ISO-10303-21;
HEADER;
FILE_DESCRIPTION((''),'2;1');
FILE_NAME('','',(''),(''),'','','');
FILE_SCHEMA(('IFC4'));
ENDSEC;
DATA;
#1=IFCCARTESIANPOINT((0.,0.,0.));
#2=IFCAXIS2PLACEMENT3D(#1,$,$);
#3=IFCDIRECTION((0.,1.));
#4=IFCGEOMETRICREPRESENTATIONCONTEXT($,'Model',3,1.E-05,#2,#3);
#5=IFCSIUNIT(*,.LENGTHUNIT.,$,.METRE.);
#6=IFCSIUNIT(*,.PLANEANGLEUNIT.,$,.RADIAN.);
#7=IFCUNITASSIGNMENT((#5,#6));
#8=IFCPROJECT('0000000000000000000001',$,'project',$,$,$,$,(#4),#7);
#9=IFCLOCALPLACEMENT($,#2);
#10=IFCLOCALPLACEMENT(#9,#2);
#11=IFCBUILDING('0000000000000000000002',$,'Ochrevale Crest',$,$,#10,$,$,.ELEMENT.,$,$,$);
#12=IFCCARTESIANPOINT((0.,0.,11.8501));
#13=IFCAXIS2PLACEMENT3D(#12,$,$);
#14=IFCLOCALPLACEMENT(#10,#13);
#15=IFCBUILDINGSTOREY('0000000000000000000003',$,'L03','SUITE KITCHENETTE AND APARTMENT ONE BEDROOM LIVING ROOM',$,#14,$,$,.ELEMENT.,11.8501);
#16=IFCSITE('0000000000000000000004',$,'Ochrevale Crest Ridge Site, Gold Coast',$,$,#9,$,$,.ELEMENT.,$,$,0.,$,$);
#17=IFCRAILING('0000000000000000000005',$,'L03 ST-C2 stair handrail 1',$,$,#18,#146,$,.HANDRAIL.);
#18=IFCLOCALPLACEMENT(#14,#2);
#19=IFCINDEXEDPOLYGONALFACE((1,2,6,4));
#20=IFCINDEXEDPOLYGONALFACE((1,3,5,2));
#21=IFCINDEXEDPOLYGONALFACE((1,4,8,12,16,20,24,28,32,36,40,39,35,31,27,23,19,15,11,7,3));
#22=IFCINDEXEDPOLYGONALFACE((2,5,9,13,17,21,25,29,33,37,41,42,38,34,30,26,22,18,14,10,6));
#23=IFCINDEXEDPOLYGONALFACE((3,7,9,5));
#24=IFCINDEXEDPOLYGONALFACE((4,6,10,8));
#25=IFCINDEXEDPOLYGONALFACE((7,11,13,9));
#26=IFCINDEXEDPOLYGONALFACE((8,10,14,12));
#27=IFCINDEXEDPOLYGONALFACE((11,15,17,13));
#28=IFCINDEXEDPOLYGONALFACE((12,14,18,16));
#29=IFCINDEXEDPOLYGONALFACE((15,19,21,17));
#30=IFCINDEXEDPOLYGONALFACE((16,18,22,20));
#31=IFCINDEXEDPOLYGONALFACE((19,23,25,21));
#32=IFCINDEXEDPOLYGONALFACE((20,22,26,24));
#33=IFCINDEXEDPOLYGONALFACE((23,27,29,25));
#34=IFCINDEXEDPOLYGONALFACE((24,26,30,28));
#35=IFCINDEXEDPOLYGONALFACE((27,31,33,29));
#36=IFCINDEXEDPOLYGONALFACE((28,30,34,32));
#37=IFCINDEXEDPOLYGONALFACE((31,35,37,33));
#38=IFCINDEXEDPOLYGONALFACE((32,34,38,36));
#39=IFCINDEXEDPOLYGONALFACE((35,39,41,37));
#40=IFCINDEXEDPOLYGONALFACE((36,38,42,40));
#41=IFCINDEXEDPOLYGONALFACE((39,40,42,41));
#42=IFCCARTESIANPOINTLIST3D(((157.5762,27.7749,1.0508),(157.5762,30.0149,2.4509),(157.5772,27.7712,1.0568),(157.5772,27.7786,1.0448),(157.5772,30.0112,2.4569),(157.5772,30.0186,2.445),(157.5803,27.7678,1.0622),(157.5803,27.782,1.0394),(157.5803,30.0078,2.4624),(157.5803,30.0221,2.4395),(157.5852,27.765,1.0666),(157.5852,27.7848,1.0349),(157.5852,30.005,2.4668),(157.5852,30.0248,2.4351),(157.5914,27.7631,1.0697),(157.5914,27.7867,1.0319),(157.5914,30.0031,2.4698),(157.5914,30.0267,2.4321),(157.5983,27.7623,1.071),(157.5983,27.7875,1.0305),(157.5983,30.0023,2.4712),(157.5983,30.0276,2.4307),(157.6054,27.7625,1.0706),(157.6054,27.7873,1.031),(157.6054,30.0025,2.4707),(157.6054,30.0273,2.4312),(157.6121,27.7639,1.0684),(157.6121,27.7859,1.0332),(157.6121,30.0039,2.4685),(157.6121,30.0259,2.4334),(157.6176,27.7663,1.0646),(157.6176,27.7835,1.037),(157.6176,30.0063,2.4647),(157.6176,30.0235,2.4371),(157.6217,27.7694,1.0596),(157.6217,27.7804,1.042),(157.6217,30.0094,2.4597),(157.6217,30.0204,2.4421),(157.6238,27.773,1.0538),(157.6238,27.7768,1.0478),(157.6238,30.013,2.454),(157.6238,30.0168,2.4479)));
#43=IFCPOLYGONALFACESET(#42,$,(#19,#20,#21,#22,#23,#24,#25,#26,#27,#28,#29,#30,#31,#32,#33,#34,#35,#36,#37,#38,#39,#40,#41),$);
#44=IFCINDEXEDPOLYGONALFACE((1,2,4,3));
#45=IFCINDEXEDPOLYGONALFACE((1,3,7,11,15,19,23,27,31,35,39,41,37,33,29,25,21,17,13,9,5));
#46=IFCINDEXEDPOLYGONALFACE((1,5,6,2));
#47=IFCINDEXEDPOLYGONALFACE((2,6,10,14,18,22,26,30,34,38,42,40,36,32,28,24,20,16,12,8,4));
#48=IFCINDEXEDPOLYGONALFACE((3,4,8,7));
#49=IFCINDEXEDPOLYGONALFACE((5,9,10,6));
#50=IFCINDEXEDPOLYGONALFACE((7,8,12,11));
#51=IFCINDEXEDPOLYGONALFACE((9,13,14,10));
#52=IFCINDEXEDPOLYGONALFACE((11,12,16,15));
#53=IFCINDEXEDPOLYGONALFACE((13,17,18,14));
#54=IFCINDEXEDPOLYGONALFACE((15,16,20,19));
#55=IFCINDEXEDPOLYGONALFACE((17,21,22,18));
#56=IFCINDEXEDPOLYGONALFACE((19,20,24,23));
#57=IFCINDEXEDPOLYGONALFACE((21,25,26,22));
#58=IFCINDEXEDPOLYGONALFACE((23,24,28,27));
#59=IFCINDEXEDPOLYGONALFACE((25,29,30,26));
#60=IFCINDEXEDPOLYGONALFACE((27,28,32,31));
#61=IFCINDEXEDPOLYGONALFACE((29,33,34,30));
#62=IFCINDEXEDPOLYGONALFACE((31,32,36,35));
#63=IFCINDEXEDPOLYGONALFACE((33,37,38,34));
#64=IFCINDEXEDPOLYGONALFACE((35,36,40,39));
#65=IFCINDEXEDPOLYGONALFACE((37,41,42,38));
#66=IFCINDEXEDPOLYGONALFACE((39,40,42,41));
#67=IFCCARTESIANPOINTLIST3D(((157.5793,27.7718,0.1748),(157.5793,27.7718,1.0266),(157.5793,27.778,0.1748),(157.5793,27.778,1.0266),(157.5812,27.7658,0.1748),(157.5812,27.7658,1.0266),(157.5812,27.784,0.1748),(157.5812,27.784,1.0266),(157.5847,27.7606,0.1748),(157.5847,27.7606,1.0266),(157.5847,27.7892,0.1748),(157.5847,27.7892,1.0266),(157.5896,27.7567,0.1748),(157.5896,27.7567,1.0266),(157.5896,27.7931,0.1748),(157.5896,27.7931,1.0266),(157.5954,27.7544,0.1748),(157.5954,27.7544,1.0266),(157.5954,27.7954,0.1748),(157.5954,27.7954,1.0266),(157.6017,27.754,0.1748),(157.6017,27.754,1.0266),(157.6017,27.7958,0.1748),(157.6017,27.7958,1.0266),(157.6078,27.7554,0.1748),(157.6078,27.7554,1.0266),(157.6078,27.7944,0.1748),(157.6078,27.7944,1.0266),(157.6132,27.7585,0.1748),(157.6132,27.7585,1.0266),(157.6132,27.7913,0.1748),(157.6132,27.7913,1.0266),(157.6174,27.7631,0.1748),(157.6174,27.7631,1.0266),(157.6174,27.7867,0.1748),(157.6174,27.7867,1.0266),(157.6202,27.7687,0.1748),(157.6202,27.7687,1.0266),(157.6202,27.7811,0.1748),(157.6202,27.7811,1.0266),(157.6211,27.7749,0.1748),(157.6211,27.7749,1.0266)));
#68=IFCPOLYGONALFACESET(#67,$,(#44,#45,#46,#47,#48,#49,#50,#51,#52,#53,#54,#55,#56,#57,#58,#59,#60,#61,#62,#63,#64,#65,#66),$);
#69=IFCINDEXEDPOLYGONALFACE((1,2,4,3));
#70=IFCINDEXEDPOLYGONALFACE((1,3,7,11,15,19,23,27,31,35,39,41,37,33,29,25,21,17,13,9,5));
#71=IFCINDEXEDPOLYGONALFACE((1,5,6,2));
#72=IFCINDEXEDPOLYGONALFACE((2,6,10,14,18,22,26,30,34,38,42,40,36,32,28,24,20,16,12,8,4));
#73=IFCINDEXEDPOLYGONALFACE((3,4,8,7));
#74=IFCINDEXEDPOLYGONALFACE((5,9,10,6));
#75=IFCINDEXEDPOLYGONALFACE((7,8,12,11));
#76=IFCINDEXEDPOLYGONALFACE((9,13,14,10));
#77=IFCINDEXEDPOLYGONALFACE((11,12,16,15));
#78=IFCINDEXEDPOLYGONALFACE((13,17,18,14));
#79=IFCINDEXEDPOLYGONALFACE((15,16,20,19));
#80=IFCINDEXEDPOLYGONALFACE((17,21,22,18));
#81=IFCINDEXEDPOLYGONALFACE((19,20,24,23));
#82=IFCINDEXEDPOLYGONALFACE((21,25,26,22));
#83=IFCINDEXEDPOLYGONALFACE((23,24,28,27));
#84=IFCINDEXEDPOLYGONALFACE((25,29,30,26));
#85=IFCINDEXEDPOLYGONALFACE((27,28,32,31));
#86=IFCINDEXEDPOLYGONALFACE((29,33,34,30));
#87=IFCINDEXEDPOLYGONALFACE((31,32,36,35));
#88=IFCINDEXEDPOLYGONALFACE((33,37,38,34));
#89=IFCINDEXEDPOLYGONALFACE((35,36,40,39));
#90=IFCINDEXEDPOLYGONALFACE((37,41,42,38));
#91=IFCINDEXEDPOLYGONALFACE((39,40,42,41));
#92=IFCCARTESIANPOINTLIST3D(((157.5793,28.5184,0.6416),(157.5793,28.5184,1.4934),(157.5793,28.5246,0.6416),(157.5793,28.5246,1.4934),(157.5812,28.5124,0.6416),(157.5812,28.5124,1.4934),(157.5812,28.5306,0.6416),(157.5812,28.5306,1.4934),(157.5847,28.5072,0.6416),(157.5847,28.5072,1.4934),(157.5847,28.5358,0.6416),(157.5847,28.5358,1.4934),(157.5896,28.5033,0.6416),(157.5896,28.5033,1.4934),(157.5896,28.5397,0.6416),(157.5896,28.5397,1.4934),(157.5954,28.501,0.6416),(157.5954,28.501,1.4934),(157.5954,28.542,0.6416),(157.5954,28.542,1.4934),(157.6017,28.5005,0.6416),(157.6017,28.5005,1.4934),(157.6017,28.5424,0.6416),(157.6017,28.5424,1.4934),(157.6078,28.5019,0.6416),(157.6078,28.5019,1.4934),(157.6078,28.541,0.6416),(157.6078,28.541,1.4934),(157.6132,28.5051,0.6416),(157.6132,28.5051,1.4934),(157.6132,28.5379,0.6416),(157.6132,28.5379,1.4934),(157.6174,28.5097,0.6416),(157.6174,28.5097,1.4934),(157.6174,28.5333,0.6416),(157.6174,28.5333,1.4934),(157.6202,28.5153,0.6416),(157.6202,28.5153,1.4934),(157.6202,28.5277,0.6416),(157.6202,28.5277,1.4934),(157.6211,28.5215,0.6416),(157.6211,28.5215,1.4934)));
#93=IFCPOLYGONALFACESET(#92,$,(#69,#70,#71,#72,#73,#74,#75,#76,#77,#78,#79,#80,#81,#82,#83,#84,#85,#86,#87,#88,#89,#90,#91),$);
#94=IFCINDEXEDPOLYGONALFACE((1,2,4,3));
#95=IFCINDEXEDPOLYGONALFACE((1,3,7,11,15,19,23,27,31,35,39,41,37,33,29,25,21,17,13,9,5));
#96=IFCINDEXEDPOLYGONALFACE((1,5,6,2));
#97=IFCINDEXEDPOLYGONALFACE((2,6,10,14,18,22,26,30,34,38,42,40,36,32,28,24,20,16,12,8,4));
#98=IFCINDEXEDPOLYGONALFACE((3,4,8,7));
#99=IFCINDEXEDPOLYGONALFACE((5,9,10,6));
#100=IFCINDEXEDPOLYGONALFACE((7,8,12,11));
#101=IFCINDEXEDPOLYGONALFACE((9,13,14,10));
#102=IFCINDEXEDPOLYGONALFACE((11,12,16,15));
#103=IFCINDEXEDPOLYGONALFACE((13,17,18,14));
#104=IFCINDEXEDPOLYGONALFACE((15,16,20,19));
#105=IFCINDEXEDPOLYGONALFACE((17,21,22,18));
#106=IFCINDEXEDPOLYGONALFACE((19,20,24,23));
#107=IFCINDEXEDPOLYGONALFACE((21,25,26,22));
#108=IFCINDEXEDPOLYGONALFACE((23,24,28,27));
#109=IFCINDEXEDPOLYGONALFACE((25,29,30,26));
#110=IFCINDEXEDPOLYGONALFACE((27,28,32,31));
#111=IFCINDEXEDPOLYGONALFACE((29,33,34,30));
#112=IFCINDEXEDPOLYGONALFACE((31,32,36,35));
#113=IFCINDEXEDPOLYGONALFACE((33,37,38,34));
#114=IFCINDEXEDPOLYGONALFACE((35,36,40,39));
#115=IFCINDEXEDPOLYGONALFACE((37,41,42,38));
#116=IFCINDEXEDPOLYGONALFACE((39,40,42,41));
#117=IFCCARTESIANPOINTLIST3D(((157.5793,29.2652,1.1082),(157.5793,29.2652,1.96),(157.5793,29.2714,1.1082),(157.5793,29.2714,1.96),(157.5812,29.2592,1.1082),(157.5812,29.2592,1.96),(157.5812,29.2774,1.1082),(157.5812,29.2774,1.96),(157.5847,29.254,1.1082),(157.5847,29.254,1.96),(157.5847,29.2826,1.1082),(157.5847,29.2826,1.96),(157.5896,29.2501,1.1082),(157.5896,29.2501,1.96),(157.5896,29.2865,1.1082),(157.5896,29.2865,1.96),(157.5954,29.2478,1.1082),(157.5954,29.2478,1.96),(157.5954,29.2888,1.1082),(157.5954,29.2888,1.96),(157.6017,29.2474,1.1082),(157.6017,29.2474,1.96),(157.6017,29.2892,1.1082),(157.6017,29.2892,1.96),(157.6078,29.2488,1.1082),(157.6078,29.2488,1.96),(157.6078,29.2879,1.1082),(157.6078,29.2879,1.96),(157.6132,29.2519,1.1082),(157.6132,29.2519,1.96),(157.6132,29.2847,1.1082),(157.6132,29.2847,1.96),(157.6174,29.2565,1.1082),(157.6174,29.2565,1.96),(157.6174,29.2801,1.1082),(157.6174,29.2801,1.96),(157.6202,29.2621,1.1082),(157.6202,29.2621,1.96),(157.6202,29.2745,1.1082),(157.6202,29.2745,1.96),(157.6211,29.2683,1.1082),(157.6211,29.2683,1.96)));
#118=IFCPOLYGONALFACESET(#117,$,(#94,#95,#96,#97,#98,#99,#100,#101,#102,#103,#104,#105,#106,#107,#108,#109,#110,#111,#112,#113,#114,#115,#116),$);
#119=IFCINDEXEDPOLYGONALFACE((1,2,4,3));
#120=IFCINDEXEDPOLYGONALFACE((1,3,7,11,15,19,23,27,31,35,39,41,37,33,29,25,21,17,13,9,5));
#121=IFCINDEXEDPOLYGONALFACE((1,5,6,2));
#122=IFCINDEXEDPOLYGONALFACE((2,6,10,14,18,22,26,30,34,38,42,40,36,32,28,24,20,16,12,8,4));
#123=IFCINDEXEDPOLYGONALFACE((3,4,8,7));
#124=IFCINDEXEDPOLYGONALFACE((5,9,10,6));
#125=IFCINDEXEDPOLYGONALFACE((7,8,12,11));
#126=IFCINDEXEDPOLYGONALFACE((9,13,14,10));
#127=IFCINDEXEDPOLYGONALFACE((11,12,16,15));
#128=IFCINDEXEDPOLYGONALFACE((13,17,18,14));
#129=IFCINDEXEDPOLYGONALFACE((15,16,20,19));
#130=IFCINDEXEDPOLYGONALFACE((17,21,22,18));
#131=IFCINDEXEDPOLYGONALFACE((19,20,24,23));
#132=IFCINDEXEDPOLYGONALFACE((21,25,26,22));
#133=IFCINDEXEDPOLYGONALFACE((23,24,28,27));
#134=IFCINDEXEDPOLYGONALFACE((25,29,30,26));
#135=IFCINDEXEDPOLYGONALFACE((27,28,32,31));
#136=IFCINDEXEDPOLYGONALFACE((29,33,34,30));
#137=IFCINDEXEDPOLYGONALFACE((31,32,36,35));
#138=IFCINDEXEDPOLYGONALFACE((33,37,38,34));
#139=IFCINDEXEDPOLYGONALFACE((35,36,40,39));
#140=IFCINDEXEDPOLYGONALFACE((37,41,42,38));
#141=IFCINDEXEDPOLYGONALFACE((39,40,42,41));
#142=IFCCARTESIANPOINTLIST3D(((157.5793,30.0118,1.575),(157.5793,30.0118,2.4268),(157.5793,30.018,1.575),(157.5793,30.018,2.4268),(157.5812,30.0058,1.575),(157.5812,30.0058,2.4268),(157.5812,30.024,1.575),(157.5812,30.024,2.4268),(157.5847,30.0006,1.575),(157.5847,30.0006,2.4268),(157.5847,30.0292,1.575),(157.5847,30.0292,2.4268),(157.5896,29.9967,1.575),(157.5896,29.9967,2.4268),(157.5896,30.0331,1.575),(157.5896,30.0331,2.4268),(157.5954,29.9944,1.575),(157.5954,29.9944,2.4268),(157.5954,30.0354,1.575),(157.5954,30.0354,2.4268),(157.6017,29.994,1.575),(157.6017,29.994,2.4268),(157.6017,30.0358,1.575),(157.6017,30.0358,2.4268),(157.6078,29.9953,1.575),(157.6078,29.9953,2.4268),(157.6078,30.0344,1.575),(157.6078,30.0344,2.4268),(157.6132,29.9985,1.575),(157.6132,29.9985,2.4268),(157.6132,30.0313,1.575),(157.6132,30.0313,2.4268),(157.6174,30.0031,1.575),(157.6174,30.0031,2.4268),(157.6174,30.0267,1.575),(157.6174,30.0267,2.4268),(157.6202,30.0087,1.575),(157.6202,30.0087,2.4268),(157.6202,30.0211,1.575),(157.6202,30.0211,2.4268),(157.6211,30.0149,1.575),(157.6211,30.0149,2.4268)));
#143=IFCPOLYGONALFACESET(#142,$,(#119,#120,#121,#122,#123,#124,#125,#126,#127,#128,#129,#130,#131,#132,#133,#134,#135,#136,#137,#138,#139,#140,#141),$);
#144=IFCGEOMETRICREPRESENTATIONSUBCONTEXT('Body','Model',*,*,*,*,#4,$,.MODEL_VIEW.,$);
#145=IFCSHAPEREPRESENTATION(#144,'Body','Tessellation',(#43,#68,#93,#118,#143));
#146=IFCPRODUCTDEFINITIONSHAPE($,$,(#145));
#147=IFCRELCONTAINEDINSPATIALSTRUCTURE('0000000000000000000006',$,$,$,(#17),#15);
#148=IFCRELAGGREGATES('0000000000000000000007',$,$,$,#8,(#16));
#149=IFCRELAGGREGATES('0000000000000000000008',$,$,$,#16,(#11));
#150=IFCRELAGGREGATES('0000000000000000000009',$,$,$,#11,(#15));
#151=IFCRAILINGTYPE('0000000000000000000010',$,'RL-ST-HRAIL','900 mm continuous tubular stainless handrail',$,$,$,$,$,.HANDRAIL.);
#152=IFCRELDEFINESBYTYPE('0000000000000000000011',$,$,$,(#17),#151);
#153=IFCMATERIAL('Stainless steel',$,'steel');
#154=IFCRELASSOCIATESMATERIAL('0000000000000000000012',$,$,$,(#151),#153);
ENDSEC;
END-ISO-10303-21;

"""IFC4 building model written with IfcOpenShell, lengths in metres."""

from ifc_helpers import new_model, si_unit, direction, frame, origin, origin_2d, place, context, subcontext, project, spatial, circle, extrude, material, type_object, element, save


model = new_model("IFC4")

# Units and contexts
model_context = context("Model", 3, precision=1e-05, world=origin(), true_north=direction((0.0, 1.0)))
body_context = subcontext(model_context, "Body", "Model", "MODEL_VIEW")
ifc_project = project(units=[si_unit("LENGTHUNIT", "METRE"), si_unit("PLANEANGLEUNIT", "RADIAN")], contexts=[model_context])

# Site, building, storey
site_placement = place(None, origin())
site = spatial("IfcSite", under=ifc_project, at=site_placement, Name="Ochrevale Crest Ridge Site, Gold Coast", CompositionType="ELEMENT", RefElevation=0.0)
building_placement = place(site_placement, origin())
building = spatial("IfcBuilding", under=site, at=building_placement, Name="Ochrevale Crest", CompositionType="ELEMENT")
storey_placement = place(building_placement, frame((0.0, 0.0, 11.8501)))
storey = spatial("IfcBuildingStorey", under=building, at=storey_placement, Name="L03", Description="SUITE KITCHENETTE AND APARTMENT ONE BEDROOM LIVING ROOM", CompositionType="ELEMENT", Elevation=11.8501)

# Railing
ifc_material_1 = material(Name="Stainless steel", Category="steel")
railing_type_1 = type_object("IfcRailingType", Name="RL-ST-HRAIL", Description="900 mm continuous tubular stainless handrail", PredefinedType="HANDRAIL", material=ifc_material_1)
railing_1_placement = place(storey_placement, frame((157.6001, 27.7749, 0.1748)))
element("IfcRailing", 1, at=railing_1_placement, inside=storey, type_object=railing_type_1, Name="L03 ST-C2 stair handrail 1", PredefinedType="HANDRAIL", context=body_context, shape_type="SweptSolid", body=[
    extrude(circle(Radius=0.0239, at=origin_2d()), frame((0.0, 0.0, 0.876), z_axis=(0.0, 0.847972, 0.53004), x_axis=(-1.0, 0.0, 0.0)), (0.0, 0.0, 1.0), 2.6416),
    extrude(circle(Radius=0.021, at=origin_2d()), origin(), (0.0, 0.0, 1.0), 0.8518),
    extrude(circle(Radius=0.021, at=origin_2d()), frame((0.0, 0.7466, 0.4668)), (0.0, 0.0, 1.0), 0.8518),
    extrude(circle(Radius=0.021, at=origin_2d()), frame((0.0, 1.4934, 0.9333)), (0.0, 0.0, 1.0), 0.8518),
    extrude(circle(Radius=0.021, at=origin_2d()), frame((0.0, 2.24, 1.4001)), (0.0, 0.0, 1.0), 0.8518),
])

save(model, "model.ifc")
